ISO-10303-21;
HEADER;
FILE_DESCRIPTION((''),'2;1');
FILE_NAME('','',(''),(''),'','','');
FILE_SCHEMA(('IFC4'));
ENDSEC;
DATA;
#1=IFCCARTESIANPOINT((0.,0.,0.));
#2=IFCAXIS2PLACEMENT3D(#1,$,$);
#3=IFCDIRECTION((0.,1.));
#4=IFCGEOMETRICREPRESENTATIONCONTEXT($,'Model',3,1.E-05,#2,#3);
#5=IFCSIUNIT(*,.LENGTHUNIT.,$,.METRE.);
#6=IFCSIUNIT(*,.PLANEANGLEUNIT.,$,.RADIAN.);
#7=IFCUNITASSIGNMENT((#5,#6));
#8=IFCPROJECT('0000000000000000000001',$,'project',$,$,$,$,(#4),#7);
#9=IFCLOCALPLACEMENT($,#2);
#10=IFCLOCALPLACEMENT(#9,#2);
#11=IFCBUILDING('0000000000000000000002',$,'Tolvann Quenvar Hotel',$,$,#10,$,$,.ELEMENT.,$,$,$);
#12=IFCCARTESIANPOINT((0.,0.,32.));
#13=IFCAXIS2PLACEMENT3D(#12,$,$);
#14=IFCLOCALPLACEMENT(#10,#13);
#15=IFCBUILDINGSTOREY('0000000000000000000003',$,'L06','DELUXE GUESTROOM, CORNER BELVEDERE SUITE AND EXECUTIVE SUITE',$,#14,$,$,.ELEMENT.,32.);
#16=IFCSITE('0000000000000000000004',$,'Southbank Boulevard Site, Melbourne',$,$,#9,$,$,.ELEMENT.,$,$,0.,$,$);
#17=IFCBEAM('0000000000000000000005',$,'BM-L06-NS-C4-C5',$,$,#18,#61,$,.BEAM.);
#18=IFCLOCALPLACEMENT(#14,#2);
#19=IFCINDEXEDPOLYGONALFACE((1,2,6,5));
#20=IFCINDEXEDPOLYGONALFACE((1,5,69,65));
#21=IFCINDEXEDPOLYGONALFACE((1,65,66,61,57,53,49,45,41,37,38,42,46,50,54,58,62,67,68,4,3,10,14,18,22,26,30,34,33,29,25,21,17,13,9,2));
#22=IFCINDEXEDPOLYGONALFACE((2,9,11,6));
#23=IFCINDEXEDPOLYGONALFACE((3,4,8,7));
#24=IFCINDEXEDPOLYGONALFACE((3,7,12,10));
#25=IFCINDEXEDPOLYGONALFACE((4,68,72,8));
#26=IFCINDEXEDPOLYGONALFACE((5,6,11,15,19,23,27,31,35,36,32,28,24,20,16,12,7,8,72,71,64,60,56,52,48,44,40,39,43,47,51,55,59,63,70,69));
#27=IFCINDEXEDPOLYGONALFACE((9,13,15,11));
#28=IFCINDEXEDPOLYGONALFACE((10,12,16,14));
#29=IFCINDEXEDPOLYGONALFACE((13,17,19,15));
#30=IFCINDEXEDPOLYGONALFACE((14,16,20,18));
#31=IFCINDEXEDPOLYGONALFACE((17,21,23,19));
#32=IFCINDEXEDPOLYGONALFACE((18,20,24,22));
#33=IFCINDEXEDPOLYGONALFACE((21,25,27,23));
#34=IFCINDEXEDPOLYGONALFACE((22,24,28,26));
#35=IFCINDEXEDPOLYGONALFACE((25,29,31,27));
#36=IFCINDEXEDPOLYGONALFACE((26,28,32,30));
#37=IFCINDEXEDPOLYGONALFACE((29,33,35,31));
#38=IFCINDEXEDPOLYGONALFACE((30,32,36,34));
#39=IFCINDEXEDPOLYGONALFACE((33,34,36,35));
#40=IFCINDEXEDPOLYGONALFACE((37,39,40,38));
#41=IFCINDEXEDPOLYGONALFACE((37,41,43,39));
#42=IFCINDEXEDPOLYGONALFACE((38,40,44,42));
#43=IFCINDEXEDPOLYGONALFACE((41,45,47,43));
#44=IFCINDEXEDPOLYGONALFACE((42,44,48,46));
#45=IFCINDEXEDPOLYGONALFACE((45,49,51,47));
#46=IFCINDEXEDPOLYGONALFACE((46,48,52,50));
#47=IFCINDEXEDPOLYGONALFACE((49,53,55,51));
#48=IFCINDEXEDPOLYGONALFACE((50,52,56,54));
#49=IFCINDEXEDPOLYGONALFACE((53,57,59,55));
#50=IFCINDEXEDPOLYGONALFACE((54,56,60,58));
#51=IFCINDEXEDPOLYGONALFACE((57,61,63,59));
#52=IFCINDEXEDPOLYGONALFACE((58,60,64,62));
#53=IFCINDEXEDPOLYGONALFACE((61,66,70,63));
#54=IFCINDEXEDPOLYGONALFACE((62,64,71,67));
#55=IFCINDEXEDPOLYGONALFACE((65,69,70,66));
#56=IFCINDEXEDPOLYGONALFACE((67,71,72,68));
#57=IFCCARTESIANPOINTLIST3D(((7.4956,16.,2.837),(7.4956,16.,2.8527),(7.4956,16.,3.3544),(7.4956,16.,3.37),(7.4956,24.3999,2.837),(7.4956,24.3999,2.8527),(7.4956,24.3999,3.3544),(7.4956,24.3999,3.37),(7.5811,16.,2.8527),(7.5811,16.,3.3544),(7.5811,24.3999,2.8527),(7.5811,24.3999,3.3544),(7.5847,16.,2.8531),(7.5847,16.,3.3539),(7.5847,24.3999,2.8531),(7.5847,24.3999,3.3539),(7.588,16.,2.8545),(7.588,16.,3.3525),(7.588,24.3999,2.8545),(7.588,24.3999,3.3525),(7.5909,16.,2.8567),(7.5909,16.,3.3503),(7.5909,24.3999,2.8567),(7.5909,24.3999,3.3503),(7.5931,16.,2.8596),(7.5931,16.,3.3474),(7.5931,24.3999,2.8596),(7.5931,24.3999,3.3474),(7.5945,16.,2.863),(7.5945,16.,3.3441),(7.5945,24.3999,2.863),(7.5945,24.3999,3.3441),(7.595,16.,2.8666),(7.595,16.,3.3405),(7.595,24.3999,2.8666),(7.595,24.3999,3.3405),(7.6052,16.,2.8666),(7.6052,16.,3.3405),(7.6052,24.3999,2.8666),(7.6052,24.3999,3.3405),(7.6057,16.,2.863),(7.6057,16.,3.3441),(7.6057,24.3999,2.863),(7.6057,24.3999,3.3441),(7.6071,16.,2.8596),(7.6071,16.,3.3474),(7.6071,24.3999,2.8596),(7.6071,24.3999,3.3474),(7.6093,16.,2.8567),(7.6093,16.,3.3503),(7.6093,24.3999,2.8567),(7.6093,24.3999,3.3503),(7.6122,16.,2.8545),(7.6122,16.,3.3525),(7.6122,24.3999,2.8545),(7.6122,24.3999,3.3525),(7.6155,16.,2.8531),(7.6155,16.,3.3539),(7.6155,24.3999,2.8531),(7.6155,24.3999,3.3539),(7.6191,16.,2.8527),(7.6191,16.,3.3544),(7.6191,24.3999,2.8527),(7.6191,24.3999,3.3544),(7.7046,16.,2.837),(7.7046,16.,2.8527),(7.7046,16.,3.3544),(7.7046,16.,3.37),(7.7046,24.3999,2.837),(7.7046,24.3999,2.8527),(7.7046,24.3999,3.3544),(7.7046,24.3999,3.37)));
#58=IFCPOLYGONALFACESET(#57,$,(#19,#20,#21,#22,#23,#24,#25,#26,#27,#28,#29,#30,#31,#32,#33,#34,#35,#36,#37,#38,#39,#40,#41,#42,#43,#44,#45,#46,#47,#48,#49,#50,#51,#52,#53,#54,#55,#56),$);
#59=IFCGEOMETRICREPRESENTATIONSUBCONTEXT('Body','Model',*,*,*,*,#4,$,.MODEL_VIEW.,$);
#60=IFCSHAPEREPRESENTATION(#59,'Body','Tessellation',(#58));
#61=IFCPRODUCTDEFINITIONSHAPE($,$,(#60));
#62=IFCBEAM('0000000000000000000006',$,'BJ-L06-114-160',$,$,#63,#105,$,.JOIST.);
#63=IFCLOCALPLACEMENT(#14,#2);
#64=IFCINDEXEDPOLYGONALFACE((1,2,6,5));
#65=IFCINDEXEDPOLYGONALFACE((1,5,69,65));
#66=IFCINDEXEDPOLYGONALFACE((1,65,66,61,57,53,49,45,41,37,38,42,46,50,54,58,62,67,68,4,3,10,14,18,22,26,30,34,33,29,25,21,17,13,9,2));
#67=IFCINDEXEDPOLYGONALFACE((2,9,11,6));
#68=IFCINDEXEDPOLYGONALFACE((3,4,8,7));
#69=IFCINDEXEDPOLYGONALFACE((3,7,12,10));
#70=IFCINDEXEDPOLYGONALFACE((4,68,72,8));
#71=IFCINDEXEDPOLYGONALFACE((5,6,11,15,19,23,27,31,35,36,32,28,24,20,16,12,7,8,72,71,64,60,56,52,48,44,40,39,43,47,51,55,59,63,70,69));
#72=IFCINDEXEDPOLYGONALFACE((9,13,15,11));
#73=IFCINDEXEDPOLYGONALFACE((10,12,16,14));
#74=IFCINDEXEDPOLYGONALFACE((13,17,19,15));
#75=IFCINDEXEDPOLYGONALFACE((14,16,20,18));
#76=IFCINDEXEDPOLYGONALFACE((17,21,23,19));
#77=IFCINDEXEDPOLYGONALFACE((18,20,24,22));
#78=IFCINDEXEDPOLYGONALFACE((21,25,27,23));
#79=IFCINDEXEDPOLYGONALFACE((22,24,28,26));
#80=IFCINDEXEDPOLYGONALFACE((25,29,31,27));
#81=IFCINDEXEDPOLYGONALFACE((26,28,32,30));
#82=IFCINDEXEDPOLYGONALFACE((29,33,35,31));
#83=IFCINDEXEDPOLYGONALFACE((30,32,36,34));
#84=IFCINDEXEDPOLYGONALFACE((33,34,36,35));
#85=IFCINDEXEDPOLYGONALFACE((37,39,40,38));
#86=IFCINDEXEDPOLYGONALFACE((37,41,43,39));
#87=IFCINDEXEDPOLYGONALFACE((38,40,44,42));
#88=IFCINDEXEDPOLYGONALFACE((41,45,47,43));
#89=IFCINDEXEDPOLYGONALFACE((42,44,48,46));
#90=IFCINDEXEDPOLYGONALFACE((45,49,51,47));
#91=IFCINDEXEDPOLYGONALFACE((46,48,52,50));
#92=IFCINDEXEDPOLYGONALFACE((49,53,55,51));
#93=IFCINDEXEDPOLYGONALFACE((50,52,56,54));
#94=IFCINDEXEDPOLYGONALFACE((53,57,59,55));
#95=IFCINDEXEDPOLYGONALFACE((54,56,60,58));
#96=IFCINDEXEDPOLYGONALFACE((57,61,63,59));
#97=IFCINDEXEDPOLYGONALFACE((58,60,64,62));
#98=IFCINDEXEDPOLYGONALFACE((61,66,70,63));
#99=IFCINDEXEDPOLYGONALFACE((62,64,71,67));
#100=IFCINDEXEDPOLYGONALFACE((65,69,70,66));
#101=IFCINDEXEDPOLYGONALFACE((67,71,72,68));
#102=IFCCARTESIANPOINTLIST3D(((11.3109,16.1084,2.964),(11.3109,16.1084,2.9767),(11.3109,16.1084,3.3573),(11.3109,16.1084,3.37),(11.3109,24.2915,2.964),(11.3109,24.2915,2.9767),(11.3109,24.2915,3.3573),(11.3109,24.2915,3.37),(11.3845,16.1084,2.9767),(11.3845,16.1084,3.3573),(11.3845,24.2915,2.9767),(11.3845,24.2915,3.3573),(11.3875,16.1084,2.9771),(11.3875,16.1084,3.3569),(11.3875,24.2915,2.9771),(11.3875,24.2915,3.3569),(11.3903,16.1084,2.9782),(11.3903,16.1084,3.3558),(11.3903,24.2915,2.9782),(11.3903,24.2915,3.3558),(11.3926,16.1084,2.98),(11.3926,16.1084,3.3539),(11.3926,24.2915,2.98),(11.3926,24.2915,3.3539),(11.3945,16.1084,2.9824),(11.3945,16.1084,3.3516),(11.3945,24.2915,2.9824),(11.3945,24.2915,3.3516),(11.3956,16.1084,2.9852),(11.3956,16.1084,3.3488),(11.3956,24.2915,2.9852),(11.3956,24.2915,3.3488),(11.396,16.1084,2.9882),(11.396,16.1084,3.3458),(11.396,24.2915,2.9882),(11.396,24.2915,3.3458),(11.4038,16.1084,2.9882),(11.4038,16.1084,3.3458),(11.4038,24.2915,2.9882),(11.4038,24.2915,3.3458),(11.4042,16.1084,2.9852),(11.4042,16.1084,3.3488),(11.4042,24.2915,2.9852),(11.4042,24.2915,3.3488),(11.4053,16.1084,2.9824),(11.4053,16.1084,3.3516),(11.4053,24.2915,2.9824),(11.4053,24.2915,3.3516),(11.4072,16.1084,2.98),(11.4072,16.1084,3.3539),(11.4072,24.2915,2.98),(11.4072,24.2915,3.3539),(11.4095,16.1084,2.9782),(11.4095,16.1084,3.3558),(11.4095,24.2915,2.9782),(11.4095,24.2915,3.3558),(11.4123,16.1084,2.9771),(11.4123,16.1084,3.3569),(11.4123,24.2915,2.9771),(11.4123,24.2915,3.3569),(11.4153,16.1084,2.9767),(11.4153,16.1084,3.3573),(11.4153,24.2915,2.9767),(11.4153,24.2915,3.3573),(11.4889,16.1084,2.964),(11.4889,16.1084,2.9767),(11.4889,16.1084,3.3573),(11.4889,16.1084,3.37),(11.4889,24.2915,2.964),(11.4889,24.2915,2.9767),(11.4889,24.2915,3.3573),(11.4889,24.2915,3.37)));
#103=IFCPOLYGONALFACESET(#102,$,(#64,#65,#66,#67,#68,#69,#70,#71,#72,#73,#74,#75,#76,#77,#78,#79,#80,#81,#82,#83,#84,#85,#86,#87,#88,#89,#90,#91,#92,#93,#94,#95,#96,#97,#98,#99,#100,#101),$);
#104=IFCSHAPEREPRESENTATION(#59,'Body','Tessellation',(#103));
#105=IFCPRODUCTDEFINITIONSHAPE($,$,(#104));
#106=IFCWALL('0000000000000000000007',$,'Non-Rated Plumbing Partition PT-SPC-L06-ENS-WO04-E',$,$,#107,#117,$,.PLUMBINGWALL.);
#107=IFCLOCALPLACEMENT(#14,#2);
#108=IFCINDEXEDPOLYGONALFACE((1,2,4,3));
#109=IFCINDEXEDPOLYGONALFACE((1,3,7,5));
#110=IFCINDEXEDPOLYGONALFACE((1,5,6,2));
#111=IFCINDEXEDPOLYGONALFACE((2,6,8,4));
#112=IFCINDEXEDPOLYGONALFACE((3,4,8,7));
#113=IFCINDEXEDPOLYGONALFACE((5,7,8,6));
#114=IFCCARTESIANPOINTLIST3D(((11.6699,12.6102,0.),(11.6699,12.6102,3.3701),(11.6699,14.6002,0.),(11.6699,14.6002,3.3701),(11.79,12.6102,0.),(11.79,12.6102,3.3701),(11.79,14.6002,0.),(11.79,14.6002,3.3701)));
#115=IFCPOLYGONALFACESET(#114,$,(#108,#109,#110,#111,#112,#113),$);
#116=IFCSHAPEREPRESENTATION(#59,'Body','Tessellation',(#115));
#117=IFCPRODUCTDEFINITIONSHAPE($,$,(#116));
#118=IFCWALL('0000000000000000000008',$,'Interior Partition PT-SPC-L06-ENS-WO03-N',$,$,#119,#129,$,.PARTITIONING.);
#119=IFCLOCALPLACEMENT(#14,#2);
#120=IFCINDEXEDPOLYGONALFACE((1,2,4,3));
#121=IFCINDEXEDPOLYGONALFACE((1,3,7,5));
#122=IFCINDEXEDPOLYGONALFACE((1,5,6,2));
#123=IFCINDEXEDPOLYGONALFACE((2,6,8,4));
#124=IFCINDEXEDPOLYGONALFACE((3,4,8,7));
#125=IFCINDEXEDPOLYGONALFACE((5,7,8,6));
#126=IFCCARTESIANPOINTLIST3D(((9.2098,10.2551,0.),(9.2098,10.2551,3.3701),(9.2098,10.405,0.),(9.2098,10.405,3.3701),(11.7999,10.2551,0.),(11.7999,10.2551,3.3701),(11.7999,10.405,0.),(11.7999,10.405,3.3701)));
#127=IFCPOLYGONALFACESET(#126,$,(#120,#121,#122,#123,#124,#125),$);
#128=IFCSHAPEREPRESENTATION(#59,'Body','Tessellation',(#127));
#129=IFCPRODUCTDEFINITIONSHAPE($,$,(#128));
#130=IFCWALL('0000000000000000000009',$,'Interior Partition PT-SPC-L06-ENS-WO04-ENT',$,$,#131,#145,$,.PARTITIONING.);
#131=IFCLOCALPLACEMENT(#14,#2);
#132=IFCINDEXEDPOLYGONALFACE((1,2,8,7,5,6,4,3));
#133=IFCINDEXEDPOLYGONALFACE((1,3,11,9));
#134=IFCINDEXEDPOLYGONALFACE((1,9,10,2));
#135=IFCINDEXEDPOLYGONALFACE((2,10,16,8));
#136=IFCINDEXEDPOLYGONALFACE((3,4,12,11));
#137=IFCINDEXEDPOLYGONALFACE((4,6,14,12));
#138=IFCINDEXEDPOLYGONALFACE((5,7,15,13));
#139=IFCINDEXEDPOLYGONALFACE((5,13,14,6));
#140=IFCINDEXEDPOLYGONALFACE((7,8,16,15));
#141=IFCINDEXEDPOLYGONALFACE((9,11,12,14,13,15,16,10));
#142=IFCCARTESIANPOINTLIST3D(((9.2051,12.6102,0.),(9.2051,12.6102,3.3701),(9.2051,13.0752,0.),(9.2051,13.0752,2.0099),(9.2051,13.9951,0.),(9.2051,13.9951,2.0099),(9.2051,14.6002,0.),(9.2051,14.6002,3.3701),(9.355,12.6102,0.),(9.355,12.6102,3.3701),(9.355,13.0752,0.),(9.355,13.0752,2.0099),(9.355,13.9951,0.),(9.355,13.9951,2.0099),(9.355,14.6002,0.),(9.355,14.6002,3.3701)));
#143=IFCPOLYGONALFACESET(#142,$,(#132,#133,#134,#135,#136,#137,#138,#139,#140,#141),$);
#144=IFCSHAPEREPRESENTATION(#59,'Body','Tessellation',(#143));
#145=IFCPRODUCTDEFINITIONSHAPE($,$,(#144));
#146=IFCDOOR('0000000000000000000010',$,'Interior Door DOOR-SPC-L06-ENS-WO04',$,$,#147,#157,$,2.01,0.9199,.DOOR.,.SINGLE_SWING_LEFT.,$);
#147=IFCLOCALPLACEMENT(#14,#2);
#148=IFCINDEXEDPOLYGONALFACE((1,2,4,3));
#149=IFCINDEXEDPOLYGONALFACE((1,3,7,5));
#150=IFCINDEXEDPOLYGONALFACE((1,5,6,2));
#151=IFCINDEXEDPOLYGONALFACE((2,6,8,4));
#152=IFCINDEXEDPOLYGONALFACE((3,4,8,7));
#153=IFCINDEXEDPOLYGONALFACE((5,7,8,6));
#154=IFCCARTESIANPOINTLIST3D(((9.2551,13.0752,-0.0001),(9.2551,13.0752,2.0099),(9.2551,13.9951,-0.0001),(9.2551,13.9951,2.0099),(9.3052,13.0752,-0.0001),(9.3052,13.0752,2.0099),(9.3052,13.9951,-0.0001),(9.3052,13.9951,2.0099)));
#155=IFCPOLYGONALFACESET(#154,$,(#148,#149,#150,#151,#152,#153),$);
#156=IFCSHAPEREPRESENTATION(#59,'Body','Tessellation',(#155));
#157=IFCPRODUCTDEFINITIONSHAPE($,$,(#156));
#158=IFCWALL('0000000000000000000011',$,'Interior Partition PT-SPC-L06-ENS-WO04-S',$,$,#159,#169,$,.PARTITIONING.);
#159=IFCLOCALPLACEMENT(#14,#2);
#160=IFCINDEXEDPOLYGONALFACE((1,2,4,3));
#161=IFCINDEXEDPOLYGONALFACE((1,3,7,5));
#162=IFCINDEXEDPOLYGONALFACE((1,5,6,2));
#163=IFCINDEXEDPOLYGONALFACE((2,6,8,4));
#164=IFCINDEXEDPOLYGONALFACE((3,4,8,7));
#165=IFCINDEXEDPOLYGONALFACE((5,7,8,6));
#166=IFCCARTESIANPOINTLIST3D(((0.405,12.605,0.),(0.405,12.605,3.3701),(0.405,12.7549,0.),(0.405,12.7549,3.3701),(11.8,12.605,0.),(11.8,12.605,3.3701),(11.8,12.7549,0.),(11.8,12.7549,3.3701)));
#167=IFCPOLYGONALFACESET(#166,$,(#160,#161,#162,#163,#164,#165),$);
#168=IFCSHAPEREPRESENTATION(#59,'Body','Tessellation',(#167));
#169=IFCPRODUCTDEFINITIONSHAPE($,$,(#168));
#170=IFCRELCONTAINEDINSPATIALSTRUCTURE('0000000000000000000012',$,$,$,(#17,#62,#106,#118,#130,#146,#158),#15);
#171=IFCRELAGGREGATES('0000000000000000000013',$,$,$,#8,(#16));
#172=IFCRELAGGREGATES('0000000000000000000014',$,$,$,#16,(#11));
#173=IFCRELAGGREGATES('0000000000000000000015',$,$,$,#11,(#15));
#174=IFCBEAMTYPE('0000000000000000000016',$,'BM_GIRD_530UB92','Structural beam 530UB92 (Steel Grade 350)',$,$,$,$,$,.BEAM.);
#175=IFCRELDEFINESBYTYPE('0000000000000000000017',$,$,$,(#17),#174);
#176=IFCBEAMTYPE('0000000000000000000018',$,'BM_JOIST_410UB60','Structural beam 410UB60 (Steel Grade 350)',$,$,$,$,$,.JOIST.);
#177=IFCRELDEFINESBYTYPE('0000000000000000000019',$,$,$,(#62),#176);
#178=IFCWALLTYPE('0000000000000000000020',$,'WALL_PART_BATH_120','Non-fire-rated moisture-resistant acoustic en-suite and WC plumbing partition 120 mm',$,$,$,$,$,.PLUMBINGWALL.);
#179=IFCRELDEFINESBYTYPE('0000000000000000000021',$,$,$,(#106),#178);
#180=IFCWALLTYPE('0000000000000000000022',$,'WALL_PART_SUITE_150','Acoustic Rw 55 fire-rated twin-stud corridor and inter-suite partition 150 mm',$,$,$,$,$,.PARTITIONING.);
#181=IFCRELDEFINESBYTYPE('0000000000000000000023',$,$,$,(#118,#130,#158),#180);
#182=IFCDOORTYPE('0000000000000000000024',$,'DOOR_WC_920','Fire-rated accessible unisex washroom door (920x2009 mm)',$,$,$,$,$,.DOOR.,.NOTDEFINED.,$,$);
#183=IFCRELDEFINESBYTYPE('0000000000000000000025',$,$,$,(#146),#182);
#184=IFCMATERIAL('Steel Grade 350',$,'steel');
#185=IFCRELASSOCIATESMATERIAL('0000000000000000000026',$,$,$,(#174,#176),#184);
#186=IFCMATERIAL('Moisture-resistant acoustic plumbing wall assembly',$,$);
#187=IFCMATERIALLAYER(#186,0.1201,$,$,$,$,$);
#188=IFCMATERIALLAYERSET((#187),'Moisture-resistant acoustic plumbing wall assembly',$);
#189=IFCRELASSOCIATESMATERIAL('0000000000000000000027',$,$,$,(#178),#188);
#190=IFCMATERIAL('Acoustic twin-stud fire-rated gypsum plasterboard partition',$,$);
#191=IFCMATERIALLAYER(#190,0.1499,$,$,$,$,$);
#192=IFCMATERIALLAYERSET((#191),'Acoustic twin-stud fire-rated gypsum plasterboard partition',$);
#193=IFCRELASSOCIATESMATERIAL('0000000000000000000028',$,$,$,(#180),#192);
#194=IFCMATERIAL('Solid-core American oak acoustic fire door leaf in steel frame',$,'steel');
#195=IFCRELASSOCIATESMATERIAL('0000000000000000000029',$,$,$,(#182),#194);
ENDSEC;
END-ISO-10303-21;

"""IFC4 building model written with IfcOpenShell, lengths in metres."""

from ifc_helpers import new_model, si_unit, direction, frame, frame_2d, origin, origin_2d, place, context, subcontext, project, spatial, rectangle, i_section, extrude, source, transform, mapped, material, layer, layer_set, material_profile, profile_set, type_object, type_shapes, element, fill, save


model = new_model("IFC4")

# Units and contexts
model_context = context("Model", 3, precision=1e-05, world=origin(), true_north=direction((0.0, 1.0)))
body_context = subcontext(model_context, "Body", "Model", "MODEL_VIEW")
ifc_project = project(units=[si_unit("LENGTHUNIT", "METRE"), si_unit("PLANEANGLEUNIT", "RADIAN")], contexts=[model_context])

# Site, building, storey
site_placement = place(None, origin())
site = spatial("IfcSite", under=ifc_project, at=site_placement, Name="Southbank Boulevard Site, Melbourne", CompositionType="ELEMENT", RefElevation=0.0)
building_placement = place(site_placement, origin())
building = spatial("IfcBuilding", under=site, at=building_placement, Name="Tolvann Quenvar Hotel", CompositionType="ELEMENT")
storey_placement = place(building_placement, frame((0.0, 0.0, 32.0)))
storey = spatial("IfcBuildingStorey", under=building, at=storey_placement, Name="L06", Description="DELUXE GUESTROOM, CORNER BELVEDERE SUITE AND EXECUTIVE SUITE", CompositionType="ELEMENT", Elevation=32.0)

# Shared definitions
ifc_material_1 = material(Name="Steel Grade 350", Category="steel")

# Beams
ifc_material_profile_1 = material_profile(ifc_material_1, i_section(OverallWidth=0.209, OverallDepth=0.533, WebThickness=0.0103, FlangeThickness=0.0156, FilletRadius=0.0139, at=origin_2d()), Name="530UB92")
ifc_profile_set_1 = profile_set([ifc_material_profile_1], Name="Steel Grade 350")
beam_type_1 = type_object("IfcBeamType", Name="BM_GIRD_530UB92", Description="Structural beam 530UB92 (Steel Grade 350)", PredefinedType="BEAM", material=ifc_profile_set_1)
shared_shape_1 = source(origin(), body_context, "Body", "SweptSolid", [
    extrude(i_section(OverallWidth=0.209, OverallDepth=0.533, WebThickness=0.0103, FlangeThickness=0.0156, FilletRadius=0.0139, at=origin_2d()), origin(), (0.0, 0.0, 1.0), 8.3999),
])
type_shapes(beam_type_1, [shared_shape_1])
beam_1_placement = place(storey_placement, frame((7.6001, 16.0, 3.1035), z_axis=(0.0, 1.0, 0.0), x_axis=(-1.0, 0.0, 0.0)))
element("IfcBeam", 1, at=beam_1_placement, inside=storey, type_object=beam_type_1, Name="BM-L06-NS-C4-C5", PredefinedType="BEAM", context=body_context, shape_type="MappedRepresentation", body=[
    mapped(shared_shape_1, transform((0.0, 0.0, 0.0), x_axis=(1.0, 0.0, 0.0), y_axis=(0.0, 1.0, 0.0), z_axis=(0.0, 0.0, 1.0), scale=1.0)),
])
ifc_material_profile_2 = material_profile(ifc_material_1, i_section(OverallWidth=0.178, OverallDepth=0.406, WebThickness=0.0078, FlangeThickness=0.0127, FilletRadius=0.0115, at=origin_2d()), Name="410UB60")
ifc_profile_set_2 = profile_set([ifc_material_profile_2], Name="Steel Grade 350")
beam_type_2 = type_object("IfcBeamType", Name="BM_JOIST_410UB60", Description="Structural beam 410UB60 (Steel Grade 350)", PredefinedType="JOIST", material=ifc_profile_set_2)
shared_shape_2 = source(origin(), body_context, "Body", "SweptSolid", [
    extrude(i_section(OverallWidth=0.178, OverallDepth=0.406, WebThickness=0.0078, FlangeThickness=0.0127, FilletRadius=0.0115, at=origin_2d()), origin(), (0.0, 0.0, 1.0), 8.1831),
])
type_shapes(beam_type_2, [shared_shape_2])
beam_2_placement = place(storey_placement, frame((11.3999, 16.1084, 3.167), z_axis=(0.0, 1.0, 0.0), x_axis=(-1.0, 0.0, 0.0)))
element("IfcBeam", 2, at=beam_2_placement, inside=storey, type_object=beam_type_2, Name="BJ-L06-114-160", PredefinedType="JOIST", context=body_context, shape_type="MappedRepresentation", body=[
    mapped(shared_shape_2, transform((0.0, 0.0, 0.0), x_axis=(1.0, 0.0, 0.0), y_axis=(0.0, 1.0, 0.0), z_axis=(0.0, 0.0, 1.0), scale=1.0)),
])

# Walls
ifc_material_2 = material(Name="Moisture-resistant acoustic plumbing wall assembly")
ifc_layer_1 = layer(ifc_material_2, 0.1201)
ifc_layer_set_1 = layer_set([ifc_layer_1], Name="Moisture-resistant acoustic plumbing wall assembly")
wall_type_1 = type_object("IfcWallType", Name="WALL_PART_BATH_120", Description="Non-fire-rated moisture-resistant acoustic en-suite and WC plumbing partition 120 mm", PredefinedType="PLUMBINGWALL", material=ifc_layer_set_1)
wall_1_placement = place(storey_placement, frame((11.73, 12.6101, 0.0), z_axis=(0.0, 0.0, 1.0), x_axis=(0.0, 1.0, 0.0)))
element("IfcWall", 3, at=wall_1_placement, inside=storey, type_object=wall_type_1, Name="Non-Rated Plumbing Partition PT-SPC-L06-ENS-WO04-E", PredefinedType="PLUMBINGWALL", context=body_context, shape_type="SweptSolid", body=[
    extrude(rectangle(XDim=1.99, YDim=0.1201, at=frame_2d((0.9951, 0.0))), origin(), (0.0, 0.0, 1.0), 3.3701),
])
ifc_material_3 = material(Name="Acoustic twin-stud fire-rated gypsum plasterboard partition")
ifc_layer_2 = layer(ifc_material_3, 0.1499)
ifc_layer_set_2 = layer_set([ifc_layer_2], Name="Acoustic twin-stud fire-rated gypsum plasterboard partition")
wall_type_2 = type_object("IfcWallType", Name="WALL_PART_SUITE_150", Description="Acoustic Rw 55 fire-rated twin-stud corridor and inter-suite partition 150 mm", PredefinedType="PARTITIONING", material=ifc_layer_set_2)
wall_2_placement = place(storey_placement, frame((9.21, 10.3301, 0.0), z_axis=(0.0, 0.0, 1.0), x_axis=(1.0, 0.0, 0.0)))
element("IfcWall", 4, at=wall_2_placement, inside=storey, type_object=wall_type_2, Name="Interior Partition PT-SPC-L06-ENS-WO03-N", PredefinedType="PARTITIONING", context=body_context, shape_type="SweptSolid", body=[
    extrude(rectangle(XDim=2.5901, YDim=0.1499, at=frame_2d((1.2949, 0.0))), origin(), (0.0, 0.0, 1.0), 3.3701),
])

# Wall, opening, door
wall_3_placement = place(storey_placement, frame((9.28, 12.6101, 0.0), z_axis=(0.0, 0.0, 1.0), x_axis=(0.0, 1.0, 0.0)))
wall_3 = element("IfcWall", 5, at=wall_3_placement, inside=storey, type_object=wall_type_2, Name="Interior Partition PT-SPC-L06-ENS-WO04-ENT", PredefinedType="PARTITIONING", context=body_context, shape_type="SweptSolid", body=[
    extrude(rectangle(XDim=1.99, YDim=0.1499, at=frame_2d((0.9951, 0.0))), origin(), (0.0, 0.0, 1.0), 3.3701),
])
opening_1_placement = place(wall_3_placement, frame((0.4651, 0.0, 0.0)))
opening_1 = element("IfcOpeningElement", 6, at=opening_1_placement, cuts=wall_3, PredefinedType="OPENING", context=body_context, shape_type="SweptSolid", body=[
    extrude(rectangle(XDim=0.9199, YDim=2.01, at=frame_2d((0.46, 1.0049))), frame((0.0, 0.085, 0.0), z_axis=(0.0, -1.0, 0.0), x_axis=(1.0, 0.0, 0.0)), (0.0, 0.0, 1.0), 0.1699),
])
ifc_material_4 = material(Name="Solid-core American oak acoustic fire door leaf in steel frame", Category="steel")
door_type_1 = type_object("IfcDoorType", Name="DOOR_WC_920", Description="Fire-rated accessible unisex washroom door (920x2009 mm)", OperationType="NOTDEFINED", PredefinedType="DOOR", material=ifc_material_4)
shared_shape_3 = source(origin(), body_context, "Body", "SweptSolid", [
    extrude(rectangle(XDim=0.9199, YDim=2.01, at=frame_2d((0.46, 1.0049))), frame((0.0, 0.0249, 0.0), z_axis=(0.0, -1.0, 0.0), x_axis=(1.0, 0.0, 0.0)), (0.0, 0.0, 1.0), 0.05),
])
type_shapes(door_type_1, [shared_shape_3])
door_1_placement = place(opening_1_placement, origin())
door_1 = element("IfcDoor", 7, at=door_1_placement, inside=storey, type_object=door_type_1, Name="Interior Door DOOR-SPC-L06-ENS-WO04", OperationType="SINGLE_SWING_LEFT", OverallHeight=2.01, OverallWidth=0.9199, PredefinedType="DOOR", context=body_context, shape_type="MappedRepresentation", body=[
    mapped(shared_shape_3, transform((0.0, 0.0, 0.0), x_axis=(1.0, 0.0, 0.0), y_axis=(0.0, 1.0, 0.0), z_axis=(0.0, 0.0, 1.0), scale=1.0)),
])
fill(opening_1, door_1)

# Wall
wall_4_placement = place(storey_placement, frame((0.405, 12.6799, 0.0), z_axis=(0.0, 0.0, 1.0), x_axis=(1.0, 0.0, 0.0)))
element("IfcWall", 8, at=wall_4_placement, inside=storey, type_object=wall_type_2, Name="Interior Partition PT-SPC-L06-ENS-WO04-S", PredefinedType="PARTITIONING", context=body_context, shape_type="SweptSolid", body=[
    extrude(rectangle(XDim=11.395, YDim=0.1499, at=frame_2d((5.6975, 0.0))), origin(), (0.0, 0.0, 1.0), 3.3701),
])

save(model, "model.ifc")
